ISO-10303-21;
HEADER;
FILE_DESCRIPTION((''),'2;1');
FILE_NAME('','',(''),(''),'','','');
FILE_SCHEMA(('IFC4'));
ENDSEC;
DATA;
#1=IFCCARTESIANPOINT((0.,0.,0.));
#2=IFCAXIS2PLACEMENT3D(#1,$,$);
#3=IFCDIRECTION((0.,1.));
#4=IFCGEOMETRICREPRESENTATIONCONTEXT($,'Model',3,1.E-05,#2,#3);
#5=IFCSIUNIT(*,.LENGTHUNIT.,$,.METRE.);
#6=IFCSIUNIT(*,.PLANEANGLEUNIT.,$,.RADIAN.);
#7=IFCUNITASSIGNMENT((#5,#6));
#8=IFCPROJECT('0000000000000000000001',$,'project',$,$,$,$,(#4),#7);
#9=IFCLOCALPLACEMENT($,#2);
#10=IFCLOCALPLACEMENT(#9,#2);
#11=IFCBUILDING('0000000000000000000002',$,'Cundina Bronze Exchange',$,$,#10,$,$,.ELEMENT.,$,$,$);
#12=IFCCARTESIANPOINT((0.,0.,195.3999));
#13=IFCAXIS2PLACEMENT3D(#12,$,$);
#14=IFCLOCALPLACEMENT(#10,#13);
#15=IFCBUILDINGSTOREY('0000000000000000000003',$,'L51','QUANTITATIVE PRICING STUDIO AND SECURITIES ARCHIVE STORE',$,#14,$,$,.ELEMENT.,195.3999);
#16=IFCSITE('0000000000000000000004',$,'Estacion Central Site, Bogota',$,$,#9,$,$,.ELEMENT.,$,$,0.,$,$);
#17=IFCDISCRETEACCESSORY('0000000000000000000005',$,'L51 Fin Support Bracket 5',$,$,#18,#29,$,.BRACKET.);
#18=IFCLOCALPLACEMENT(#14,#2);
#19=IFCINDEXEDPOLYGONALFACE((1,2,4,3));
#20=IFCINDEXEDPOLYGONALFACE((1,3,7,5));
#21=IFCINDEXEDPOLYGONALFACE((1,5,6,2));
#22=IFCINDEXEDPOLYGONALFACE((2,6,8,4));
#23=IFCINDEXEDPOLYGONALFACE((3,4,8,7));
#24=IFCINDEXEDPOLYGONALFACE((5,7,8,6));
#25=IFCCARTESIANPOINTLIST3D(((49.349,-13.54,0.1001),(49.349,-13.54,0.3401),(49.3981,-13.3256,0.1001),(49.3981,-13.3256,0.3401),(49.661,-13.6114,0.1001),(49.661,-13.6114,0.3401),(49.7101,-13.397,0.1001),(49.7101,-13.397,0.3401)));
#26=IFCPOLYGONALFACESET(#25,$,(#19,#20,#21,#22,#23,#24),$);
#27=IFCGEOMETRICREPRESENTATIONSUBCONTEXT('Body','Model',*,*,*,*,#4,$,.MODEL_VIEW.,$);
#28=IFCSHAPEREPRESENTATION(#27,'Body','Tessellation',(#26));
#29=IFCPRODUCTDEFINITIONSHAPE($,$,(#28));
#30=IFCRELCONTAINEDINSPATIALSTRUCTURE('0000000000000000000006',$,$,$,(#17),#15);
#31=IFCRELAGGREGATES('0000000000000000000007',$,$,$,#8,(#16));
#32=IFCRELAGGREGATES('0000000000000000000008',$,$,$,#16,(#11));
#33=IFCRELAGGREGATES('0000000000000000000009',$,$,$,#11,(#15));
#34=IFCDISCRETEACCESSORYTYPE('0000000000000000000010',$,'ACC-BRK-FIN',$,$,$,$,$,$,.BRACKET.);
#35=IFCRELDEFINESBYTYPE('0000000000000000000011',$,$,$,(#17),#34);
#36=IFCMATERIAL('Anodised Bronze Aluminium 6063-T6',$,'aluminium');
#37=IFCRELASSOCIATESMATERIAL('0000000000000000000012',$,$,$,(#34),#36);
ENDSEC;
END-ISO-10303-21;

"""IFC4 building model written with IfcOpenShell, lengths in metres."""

from ifc_helpers import new_model, si_unit, direction, frame, origin, origin_2d, place, context, subcontext, project, spatial, rectangle, extrude, material, type_object, element, save


model = new_model("IFC4")

# Units and contexts
model_context = context("Model", 3, precision=1e-05, world=origin(), true_north=direction((0.0, 1.0)))
body_context = subcontext(model_context, "Body", "Model", "MODEL_VIEW")
ifc_project = project(units=[si_unit("LENGTHUNIT", "METRE"), si_unit("PLANEANGLEUNIT", "RADIAN")], contexts=[model_context])

# Site, building, storey
site_placement = place(None, origin())
site = spatial("IfcSite", under=ifc_project, at=site_placement, Name="Estacion Central Site, Bogota", CompositionType="ELEMENT", RefElevation=0.0)
building_placement = place(site_placement, origin())
building = spatial("IfcBuilding", under=site, at=building_placement, Name="Cundina Bronze Exchange", CompositionType="ELEMENT")
storey_placement = place(building_placement, frame((0.0, 0.0, 195.3999)))
storey = spatial("IfcBuildingStorey", under=building, at=storey_placement, Name="L51", Description="QUANTITATIVE PRICING STUDIO AND SECURITIES ARCHIVE STORE", CompositionType="ELEMENT", Elevation=195.3999)

# Shared definitions
ifc_material_1 = material(Name="Anodised Bronze Aluminium 6063-T6", Category="aluminium")

# Discrete accessory
discrete_accessory_type = type_object("IfcDiscreteAccessoryType", Name="ACC-BRK-FIN", PredefinedType="BRACKET", material=ifc_material_1)
discrete_accessory_placement = place(storey_placement, frame((49.5295, -13.4685, 0.1001), z_axis=(0.0, 0.0, 1.0), x_axis=(0.223284, 0.974753, 0.0)))
element("IfcDiscreteAccessory", 1, at=discrete_accessory_placement, inside=storey, type_object=discrete_accessory_type, Name="L51 Fin Support Bracket 5", PredefinedType="BRACKET", context=body_context, shape_type="SweptSolid", body=[
    extrude(rectangle(XDim=0.22, YDim=0.3201, at=origin_2d()), origin(), (0.0, 0.0, 1.0), 0.24),
])

save(model, "model.ifc")
